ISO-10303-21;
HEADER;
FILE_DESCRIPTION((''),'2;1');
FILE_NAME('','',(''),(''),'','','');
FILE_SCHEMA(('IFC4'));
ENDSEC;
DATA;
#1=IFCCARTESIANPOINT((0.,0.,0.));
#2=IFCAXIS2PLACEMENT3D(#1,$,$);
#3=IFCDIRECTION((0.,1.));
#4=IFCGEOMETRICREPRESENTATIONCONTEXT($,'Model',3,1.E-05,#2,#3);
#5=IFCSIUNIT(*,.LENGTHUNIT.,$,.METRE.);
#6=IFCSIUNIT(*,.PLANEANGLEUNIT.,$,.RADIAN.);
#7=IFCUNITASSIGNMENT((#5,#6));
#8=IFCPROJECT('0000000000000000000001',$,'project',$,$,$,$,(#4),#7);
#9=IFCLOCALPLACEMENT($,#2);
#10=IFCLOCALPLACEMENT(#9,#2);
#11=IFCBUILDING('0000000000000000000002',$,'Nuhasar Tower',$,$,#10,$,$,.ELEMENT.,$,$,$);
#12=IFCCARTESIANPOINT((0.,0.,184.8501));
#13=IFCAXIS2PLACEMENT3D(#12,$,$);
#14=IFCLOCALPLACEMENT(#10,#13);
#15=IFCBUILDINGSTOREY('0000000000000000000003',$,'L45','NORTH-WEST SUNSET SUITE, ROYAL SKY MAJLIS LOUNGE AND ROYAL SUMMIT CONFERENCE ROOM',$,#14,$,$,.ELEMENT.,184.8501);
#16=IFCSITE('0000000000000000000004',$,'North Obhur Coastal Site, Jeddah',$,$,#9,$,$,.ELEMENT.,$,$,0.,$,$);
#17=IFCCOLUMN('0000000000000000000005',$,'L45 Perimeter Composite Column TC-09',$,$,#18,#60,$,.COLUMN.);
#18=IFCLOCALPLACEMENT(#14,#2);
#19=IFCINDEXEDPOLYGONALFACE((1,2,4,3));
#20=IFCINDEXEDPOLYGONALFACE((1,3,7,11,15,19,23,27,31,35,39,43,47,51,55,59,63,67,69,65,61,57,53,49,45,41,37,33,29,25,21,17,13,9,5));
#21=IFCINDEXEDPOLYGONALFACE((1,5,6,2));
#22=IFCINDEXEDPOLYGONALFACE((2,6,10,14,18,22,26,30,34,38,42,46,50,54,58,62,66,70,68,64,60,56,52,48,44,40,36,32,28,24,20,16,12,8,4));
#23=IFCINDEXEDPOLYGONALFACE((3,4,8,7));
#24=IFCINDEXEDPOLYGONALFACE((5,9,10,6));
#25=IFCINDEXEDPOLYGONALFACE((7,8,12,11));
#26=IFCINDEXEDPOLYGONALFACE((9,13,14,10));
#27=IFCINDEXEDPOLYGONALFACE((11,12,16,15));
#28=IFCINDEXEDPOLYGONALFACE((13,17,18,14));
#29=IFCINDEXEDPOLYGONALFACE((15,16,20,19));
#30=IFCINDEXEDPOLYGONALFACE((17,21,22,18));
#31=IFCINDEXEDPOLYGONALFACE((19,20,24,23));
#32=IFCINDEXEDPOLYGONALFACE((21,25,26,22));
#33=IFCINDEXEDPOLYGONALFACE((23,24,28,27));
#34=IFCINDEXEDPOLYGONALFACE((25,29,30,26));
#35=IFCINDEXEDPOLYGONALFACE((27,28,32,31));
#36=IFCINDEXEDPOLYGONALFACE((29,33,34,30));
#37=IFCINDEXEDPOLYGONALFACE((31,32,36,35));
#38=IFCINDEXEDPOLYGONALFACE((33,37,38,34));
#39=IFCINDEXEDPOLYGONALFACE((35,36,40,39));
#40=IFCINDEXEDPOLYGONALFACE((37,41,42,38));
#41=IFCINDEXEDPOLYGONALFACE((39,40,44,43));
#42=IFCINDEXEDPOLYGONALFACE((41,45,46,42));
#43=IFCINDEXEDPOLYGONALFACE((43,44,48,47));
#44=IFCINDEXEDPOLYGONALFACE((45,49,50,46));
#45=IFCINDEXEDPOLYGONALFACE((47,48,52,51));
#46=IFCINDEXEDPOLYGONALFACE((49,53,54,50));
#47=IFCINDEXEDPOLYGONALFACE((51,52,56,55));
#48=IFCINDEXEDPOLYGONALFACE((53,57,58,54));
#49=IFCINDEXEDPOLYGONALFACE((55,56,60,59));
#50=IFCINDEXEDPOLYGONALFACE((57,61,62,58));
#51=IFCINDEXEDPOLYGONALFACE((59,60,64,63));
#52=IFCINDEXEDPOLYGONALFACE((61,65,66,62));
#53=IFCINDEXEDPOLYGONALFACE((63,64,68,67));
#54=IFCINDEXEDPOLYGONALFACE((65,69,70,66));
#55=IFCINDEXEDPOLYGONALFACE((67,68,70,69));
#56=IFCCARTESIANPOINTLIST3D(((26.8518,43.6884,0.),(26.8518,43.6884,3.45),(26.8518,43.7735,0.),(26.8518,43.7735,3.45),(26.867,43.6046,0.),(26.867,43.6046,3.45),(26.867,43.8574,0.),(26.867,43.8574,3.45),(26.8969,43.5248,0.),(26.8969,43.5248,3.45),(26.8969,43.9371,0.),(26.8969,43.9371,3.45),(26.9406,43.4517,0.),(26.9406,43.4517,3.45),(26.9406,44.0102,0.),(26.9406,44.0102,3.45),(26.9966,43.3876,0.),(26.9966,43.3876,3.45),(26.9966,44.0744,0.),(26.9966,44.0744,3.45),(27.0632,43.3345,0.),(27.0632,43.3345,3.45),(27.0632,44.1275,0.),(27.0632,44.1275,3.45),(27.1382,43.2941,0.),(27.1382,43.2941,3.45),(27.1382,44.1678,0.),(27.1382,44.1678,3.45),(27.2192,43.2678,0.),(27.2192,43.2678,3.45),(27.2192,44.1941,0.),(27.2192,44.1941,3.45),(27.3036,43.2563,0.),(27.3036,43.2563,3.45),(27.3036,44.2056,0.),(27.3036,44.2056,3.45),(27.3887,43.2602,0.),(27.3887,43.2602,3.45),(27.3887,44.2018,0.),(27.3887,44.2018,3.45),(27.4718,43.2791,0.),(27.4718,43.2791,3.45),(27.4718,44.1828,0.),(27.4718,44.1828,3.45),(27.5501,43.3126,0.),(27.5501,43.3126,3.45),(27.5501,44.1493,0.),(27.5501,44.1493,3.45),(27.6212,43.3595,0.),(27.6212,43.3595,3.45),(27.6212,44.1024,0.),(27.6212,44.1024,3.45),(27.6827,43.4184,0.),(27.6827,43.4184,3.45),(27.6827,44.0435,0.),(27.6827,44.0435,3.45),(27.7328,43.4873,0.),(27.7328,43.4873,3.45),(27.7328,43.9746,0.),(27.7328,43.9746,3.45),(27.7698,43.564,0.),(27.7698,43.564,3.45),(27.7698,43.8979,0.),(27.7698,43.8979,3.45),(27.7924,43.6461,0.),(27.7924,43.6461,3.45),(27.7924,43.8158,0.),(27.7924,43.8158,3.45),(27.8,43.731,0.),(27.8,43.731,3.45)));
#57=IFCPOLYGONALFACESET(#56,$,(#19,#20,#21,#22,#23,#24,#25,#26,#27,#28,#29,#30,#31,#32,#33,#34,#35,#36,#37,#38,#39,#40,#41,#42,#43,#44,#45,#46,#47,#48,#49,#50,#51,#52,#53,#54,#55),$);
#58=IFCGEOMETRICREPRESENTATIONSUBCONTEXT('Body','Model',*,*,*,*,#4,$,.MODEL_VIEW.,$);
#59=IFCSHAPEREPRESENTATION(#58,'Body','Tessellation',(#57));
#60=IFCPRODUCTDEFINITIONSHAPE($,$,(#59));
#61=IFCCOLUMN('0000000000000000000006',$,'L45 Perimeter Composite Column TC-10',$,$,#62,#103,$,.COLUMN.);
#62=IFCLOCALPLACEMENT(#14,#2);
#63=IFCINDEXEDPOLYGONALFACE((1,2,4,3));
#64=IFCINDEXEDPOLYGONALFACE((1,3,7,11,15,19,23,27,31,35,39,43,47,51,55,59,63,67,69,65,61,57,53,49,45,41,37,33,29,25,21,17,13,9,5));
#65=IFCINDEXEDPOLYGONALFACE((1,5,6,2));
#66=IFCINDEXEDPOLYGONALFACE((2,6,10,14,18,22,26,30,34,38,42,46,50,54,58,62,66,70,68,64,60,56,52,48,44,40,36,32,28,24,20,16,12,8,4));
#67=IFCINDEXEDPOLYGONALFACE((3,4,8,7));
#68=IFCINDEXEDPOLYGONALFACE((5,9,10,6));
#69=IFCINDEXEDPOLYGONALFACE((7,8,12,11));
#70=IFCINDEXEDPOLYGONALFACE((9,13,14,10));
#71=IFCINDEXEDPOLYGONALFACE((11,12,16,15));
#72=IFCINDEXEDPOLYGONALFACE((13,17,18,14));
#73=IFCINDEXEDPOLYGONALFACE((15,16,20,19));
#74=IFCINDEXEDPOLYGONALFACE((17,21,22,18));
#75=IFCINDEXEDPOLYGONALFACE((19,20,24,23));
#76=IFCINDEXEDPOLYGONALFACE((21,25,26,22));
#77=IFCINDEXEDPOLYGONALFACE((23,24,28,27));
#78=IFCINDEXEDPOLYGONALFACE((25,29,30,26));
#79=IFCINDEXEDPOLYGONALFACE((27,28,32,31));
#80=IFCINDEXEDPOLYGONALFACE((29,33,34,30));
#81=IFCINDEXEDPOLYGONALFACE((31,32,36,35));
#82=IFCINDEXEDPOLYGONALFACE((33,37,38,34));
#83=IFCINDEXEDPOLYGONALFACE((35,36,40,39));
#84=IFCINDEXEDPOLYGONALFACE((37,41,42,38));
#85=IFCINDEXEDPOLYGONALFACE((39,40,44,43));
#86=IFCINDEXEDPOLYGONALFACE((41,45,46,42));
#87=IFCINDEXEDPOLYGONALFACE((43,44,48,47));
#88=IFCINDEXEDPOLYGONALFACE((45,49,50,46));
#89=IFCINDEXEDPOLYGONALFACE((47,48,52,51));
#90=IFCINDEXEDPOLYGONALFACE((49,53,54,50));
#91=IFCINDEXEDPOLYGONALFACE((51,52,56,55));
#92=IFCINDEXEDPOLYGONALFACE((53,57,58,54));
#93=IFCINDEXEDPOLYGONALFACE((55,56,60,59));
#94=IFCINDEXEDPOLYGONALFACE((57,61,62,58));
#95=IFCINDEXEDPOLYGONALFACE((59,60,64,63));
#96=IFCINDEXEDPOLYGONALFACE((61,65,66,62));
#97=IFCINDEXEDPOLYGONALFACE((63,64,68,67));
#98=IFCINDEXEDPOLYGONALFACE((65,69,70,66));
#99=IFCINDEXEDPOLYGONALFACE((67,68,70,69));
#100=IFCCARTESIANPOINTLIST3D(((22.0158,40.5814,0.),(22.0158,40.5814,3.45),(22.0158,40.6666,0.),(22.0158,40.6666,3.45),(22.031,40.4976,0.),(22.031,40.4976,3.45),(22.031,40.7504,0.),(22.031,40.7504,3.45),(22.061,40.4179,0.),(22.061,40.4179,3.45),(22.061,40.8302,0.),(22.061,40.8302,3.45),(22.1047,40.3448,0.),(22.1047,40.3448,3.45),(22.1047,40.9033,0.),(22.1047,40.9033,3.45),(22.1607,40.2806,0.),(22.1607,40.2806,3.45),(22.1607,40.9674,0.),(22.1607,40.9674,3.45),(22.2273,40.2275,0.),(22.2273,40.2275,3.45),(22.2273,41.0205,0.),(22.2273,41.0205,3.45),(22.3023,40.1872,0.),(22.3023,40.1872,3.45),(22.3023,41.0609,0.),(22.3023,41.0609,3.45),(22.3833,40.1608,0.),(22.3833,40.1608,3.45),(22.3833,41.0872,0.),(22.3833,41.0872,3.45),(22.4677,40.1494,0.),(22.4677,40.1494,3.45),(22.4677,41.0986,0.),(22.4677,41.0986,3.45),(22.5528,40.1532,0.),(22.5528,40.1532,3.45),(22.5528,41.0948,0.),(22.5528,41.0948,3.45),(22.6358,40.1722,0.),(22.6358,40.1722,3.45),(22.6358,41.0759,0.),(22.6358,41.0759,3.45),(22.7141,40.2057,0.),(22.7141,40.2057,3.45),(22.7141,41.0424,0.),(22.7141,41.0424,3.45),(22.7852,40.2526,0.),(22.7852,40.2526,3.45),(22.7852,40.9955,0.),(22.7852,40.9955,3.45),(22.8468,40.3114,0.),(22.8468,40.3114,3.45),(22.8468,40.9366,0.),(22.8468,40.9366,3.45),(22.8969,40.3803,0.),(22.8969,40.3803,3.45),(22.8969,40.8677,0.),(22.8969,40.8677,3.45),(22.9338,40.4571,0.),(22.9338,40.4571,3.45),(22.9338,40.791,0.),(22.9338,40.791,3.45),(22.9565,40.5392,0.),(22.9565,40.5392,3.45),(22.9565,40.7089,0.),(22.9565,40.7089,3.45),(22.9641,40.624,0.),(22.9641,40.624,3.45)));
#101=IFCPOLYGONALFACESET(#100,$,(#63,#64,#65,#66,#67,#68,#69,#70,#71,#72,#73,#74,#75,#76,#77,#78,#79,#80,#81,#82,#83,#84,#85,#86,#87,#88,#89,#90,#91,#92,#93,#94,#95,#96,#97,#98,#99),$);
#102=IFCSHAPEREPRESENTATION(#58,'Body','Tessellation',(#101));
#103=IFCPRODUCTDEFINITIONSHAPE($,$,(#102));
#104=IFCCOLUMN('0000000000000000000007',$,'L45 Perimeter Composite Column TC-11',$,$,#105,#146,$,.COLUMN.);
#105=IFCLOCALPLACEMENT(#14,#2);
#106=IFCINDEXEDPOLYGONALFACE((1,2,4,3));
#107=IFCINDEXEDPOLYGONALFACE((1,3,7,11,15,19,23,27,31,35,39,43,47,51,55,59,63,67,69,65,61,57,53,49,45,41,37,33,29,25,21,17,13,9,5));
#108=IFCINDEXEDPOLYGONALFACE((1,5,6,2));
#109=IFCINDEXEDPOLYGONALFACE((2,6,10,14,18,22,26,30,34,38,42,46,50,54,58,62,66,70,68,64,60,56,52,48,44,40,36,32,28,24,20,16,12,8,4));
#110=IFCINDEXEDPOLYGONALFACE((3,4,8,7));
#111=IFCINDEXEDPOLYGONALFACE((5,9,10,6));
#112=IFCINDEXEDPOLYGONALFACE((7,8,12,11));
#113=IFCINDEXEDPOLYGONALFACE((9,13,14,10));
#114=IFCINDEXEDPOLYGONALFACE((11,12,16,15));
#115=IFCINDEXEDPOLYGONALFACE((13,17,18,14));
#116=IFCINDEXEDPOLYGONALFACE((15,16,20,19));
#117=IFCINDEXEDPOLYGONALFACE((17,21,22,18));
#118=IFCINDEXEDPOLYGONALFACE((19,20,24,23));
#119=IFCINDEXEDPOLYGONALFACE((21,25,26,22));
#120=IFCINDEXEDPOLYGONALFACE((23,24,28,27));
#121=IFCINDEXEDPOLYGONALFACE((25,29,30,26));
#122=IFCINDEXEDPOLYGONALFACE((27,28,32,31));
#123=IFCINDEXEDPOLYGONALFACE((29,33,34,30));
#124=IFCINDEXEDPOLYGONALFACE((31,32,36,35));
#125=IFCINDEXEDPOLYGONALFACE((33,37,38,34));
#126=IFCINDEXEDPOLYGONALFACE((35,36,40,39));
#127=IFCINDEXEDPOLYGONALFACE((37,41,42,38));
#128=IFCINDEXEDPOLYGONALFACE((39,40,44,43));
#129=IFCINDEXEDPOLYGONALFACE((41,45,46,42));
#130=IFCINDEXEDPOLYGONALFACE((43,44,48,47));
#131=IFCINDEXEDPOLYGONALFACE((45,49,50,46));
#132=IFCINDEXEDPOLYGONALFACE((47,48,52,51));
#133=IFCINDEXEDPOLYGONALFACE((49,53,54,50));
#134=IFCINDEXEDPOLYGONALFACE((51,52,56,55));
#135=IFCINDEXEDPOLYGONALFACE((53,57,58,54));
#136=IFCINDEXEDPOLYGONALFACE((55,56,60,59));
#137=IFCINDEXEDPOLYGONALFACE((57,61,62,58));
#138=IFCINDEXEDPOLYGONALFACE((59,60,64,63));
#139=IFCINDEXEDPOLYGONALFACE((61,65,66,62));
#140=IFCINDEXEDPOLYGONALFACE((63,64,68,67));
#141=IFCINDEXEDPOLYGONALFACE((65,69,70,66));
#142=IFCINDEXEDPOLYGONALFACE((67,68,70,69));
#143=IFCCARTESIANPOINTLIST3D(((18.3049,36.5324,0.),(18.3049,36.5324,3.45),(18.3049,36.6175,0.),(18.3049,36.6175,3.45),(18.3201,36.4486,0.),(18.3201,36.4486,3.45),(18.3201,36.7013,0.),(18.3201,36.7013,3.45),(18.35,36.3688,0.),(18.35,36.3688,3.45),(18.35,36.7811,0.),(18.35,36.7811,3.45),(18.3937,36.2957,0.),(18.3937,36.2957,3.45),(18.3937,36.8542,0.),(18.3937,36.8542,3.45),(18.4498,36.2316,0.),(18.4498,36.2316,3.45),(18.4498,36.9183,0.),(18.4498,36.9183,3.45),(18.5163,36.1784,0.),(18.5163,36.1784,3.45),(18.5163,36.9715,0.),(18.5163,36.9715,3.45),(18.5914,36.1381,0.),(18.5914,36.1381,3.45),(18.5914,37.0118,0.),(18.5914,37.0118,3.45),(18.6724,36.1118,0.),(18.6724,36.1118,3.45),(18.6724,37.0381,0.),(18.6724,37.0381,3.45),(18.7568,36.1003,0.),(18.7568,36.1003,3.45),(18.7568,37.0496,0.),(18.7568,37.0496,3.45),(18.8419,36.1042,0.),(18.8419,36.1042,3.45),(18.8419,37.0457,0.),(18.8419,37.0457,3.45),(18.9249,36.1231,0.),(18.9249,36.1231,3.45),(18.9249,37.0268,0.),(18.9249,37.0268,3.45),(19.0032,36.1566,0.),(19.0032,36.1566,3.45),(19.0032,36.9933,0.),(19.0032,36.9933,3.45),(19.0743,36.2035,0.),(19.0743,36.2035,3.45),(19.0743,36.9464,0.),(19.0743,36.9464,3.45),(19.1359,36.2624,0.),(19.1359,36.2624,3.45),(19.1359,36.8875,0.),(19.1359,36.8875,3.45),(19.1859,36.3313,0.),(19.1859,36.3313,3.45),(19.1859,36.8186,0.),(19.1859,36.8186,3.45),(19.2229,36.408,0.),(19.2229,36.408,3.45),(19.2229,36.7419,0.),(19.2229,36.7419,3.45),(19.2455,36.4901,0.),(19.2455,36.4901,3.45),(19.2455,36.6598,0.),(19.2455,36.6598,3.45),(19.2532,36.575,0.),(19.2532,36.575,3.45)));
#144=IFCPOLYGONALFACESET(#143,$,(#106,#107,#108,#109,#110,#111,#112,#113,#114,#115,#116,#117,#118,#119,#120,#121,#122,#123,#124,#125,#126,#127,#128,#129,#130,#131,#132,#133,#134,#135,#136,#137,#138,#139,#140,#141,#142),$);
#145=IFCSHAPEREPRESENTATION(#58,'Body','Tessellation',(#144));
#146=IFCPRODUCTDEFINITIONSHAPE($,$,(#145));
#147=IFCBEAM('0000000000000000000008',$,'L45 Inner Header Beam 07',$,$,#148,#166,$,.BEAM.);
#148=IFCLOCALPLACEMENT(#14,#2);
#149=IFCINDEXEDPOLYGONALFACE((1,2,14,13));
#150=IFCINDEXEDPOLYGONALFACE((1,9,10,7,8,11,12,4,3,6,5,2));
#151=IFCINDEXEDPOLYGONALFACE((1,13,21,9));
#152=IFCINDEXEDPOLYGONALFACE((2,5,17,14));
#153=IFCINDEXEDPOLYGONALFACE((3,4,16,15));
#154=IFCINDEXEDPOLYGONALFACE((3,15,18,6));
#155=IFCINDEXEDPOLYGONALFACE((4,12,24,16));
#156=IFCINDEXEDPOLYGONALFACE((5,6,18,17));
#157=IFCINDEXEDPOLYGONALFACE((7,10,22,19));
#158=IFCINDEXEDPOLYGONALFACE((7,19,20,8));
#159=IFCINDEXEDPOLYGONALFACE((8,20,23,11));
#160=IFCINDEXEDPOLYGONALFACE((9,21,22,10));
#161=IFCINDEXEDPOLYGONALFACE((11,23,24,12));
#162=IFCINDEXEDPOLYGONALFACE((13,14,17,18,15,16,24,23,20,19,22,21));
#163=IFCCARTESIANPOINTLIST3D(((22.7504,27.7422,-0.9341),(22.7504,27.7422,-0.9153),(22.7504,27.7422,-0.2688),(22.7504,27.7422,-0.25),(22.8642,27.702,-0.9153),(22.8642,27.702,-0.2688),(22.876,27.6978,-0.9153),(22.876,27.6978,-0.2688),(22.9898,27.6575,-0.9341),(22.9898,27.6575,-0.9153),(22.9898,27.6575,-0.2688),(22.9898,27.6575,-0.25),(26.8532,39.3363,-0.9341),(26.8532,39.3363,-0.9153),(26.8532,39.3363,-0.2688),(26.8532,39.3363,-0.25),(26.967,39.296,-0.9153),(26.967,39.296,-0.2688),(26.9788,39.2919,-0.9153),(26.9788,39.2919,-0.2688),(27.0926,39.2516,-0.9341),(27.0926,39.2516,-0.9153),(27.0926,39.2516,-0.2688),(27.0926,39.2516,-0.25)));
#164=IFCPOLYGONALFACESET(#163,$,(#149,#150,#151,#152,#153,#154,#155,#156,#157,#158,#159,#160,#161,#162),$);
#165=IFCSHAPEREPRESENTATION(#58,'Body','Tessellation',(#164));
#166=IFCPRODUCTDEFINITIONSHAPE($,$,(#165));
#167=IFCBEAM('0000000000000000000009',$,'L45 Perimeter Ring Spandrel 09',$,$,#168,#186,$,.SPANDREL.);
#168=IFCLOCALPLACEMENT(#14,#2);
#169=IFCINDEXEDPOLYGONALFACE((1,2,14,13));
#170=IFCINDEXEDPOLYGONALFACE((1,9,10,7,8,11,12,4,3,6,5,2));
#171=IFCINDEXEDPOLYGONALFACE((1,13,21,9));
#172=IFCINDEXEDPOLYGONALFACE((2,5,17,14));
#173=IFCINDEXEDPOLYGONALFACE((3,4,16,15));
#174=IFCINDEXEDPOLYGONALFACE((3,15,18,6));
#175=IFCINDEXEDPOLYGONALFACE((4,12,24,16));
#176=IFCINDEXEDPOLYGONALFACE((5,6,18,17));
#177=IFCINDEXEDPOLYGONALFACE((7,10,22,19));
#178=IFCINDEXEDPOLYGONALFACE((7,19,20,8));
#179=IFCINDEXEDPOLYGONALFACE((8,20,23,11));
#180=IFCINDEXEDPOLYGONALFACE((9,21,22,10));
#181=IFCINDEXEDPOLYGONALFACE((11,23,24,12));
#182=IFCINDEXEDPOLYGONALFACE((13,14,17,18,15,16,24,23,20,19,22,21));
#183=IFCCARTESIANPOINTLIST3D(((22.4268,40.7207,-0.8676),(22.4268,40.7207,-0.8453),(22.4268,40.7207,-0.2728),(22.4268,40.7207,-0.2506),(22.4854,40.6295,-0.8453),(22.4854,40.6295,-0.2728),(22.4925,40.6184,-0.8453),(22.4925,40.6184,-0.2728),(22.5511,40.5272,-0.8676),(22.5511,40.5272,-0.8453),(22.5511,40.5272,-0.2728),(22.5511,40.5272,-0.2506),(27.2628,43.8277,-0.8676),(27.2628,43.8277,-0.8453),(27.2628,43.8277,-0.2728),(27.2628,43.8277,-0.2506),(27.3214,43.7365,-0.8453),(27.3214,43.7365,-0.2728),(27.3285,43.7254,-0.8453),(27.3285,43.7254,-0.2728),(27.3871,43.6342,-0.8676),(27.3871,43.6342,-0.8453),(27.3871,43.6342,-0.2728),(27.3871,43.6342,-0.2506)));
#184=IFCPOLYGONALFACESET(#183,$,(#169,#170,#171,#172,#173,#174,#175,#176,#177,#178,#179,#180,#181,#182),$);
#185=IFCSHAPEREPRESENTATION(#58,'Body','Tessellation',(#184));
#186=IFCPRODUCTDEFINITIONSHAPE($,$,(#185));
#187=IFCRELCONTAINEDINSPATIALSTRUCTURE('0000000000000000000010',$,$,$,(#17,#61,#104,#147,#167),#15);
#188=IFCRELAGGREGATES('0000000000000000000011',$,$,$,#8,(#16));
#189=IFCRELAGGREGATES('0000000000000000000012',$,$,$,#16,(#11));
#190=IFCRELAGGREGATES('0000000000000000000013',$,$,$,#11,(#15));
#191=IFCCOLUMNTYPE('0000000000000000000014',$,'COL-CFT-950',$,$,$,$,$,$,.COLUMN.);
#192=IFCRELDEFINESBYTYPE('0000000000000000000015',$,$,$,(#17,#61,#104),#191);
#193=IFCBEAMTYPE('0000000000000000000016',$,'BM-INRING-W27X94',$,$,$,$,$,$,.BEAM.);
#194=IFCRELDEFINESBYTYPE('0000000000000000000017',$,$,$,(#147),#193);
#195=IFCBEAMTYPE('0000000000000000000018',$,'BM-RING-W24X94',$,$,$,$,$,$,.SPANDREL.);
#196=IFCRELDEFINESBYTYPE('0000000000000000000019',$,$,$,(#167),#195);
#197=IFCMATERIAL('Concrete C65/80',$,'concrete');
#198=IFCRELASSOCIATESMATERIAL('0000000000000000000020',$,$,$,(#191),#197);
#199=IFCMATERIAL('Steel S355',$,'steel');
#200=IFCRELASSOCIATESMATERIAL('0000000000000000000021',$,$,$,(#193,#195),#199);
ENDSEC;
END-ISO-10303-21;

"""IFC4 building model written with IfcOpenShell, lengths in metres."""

from ifc_helpers import new_model, si_unit, direction, frame, origin, origin_2d, place, context, subcontext, project, spatial, circle, i_section, extrude, material, material_profile, profile_set, type_object, element, save


model = new_model("IFC4")

# Units and contexts
model_context = context("Model", 3, precision=1e-05, world=origin(), true_north=direction((0.0, 1.0)))
body_context = subcontext(model_context, "Body", "Model", "MODEL_VIEW")
ifc_project = project(units=[si_unit("LENGTHUNIT", "METRE"), si_unit("PLANEANGLEUNIT", "RADIAN")], contexts=[model_context])

# Site, building, storey
site_placement = place(None, origin())
site = spatial("IfcSite", under=ifc_project, at=site_placement, Name="North Obhur Coastal Site, Jeddah", CompositionType="ELEMENT", RefElevation=0.0)
building_placement = place(site_placement, origin())
building = spatial("IfcBuilding", under=site, at=building_placement, Name="Nuhasar Tower", CompositionType="ELEMENT")
storey_placement = place(building_placement, frame((0.0, 0.0, 184.8501)))
storey = spatial("IfcBuildingStorey", under=building, at=storey_placement, Name="L45", Description="NORTH-WEST SUNSET SUITE, ROYAL SKY MAJLIS LOUNGE AND ROYAL SUMMIT CONFERENCE ROOM", CompositionType="ELEMENT", Elevation=184.8501)

# Columns
ifc_material_1 = material(Name="Concrete C65/80", Category="concrete")
ifc_material_profile_1 = material_profile(ifc_material_1, circle(Radius=0.4751, at=origin_2d()), Name="CFT950")
ifc_profile_set_1 = profile_set([ifc_material_profile_1], Name="Concrete C65/80")
column_type = type_object("IfcColumnType", Name="COL-CFT-950", PredefinedType="COLUMN", material=ifc_profile_set_1)
for number, where, z_axis, x_axis, name in (
    (1, (27.325, 43.731, 0.0), (0.0, 0.0, 1.0), (1.0, 0.0, 0.0), "L45 Perimeter Composite Column TC-09"),
    (2, (22.489, 40.624, 0.0), (0.0, 0.0, 1.0), (1.0, 0.0, 0.0), "L45 Perimeter Composite Column TC-10"),
    (3, (18.7781, 36.575, 0.0), (0.0, 0.0, 1.0), (1.0, 0.0, 0.0), "L45 Perimeter Composite Column TC-11"),
):
    element("IfcColumn", number, at=place(storey_placement, frame(where, z_axis=z_axis, x_axis=x_axis)), inside=storey, type_object=column_type, Name=name, PredefinedType="COLUMN", context=body_context, shape_type="SweptSolid", body=[
        extrude(circle(Radius=0.4751, at=origin_2d()), origin(), (0.0, 0.0, 1.0), 3.45),
    ])

# Beams
ifc_material_2 = material(Name="Steel S355", Category="steel")
ifc_material_profile_2 = material_profile(ifc_material_2, i_section(OverallWidth=0.2539, OverallDepth=0.6841, WebThickness=0.0125, FlangeThickness=0.0188, at=origin_2d()), Name="W27X94")
ifc_profile_set_2 = profile_set([ifc_material_profile_2], Name="Steel S355")
beam_type_1 = type_object("IfcBeamType", Name="BM-INRING-W27X94", PredefinedType="BEAM", material=ifc_profile_set_2)
beam_1_placement = place(storey_placement, frame((26.9729, 39.2939, -0.592), z_axis=(-0.3336, -0.942715, 0.0), x_axis=(0.942715, -0.3336, 0.0)))
element("IfcBeam", 4, at=beam_1_placement, inside=storey, type_object=beam_type_1, Name="L45 Inner Header Beam 07", PredefinedType="BEAM", context=body_context, shape_type="SweptSolid", body=[
    extrude(i_section(OverallWidth=0.2539, OverallDepth=0.6841, WebThickness=0.0125, FlangeThickness=0.0188, at=origin_2d()), origin(), (0.0, 0.0, 1.0), 12.2986),
])
ifc_material_profile_3 = material_profile(ifc_material_2, i_section(OverallWidth=0.23, OverallDepth=0.6169, WebThickness=0.0132, FlangeThickness=0.0222, at=origin_2d()), Name="W24X94")
ifc_profile_set_3 = profile_set([ifc_material_profile_3], Name="Steel S355")
beam_type_2 = type_object("IfcBeamType", Name="BM-RING-W24X94", PredefinedType="SPANDREL", material=ifc_profile_set_3)
beam_2_placement = place(storey_placement, frame((27.325, 43.731, -0.5591), z_axis=(-0.841327, -0.540526, 0.0), x_axis=(0.540526, -0.841327, 0.0)))
element("IfcBeam", 5, at=beam_2_placement, inside=storey, type_object=beam_type_2, Name="L45 Perimeter Ring Spandrel 09", PredefinedType="SPANDREL", context=body_context, shape_type="SweptSolid", body=[
    extrude(i_section(OverallWidth=0.23, OverallDepth=0.6169, WebThickness=0.0132, FlangeThickness=0.0222, at=origin_2d()), origin(), (0.0, 0.0, 1.0), 5.748),
])

save(model, "model.ifc")
